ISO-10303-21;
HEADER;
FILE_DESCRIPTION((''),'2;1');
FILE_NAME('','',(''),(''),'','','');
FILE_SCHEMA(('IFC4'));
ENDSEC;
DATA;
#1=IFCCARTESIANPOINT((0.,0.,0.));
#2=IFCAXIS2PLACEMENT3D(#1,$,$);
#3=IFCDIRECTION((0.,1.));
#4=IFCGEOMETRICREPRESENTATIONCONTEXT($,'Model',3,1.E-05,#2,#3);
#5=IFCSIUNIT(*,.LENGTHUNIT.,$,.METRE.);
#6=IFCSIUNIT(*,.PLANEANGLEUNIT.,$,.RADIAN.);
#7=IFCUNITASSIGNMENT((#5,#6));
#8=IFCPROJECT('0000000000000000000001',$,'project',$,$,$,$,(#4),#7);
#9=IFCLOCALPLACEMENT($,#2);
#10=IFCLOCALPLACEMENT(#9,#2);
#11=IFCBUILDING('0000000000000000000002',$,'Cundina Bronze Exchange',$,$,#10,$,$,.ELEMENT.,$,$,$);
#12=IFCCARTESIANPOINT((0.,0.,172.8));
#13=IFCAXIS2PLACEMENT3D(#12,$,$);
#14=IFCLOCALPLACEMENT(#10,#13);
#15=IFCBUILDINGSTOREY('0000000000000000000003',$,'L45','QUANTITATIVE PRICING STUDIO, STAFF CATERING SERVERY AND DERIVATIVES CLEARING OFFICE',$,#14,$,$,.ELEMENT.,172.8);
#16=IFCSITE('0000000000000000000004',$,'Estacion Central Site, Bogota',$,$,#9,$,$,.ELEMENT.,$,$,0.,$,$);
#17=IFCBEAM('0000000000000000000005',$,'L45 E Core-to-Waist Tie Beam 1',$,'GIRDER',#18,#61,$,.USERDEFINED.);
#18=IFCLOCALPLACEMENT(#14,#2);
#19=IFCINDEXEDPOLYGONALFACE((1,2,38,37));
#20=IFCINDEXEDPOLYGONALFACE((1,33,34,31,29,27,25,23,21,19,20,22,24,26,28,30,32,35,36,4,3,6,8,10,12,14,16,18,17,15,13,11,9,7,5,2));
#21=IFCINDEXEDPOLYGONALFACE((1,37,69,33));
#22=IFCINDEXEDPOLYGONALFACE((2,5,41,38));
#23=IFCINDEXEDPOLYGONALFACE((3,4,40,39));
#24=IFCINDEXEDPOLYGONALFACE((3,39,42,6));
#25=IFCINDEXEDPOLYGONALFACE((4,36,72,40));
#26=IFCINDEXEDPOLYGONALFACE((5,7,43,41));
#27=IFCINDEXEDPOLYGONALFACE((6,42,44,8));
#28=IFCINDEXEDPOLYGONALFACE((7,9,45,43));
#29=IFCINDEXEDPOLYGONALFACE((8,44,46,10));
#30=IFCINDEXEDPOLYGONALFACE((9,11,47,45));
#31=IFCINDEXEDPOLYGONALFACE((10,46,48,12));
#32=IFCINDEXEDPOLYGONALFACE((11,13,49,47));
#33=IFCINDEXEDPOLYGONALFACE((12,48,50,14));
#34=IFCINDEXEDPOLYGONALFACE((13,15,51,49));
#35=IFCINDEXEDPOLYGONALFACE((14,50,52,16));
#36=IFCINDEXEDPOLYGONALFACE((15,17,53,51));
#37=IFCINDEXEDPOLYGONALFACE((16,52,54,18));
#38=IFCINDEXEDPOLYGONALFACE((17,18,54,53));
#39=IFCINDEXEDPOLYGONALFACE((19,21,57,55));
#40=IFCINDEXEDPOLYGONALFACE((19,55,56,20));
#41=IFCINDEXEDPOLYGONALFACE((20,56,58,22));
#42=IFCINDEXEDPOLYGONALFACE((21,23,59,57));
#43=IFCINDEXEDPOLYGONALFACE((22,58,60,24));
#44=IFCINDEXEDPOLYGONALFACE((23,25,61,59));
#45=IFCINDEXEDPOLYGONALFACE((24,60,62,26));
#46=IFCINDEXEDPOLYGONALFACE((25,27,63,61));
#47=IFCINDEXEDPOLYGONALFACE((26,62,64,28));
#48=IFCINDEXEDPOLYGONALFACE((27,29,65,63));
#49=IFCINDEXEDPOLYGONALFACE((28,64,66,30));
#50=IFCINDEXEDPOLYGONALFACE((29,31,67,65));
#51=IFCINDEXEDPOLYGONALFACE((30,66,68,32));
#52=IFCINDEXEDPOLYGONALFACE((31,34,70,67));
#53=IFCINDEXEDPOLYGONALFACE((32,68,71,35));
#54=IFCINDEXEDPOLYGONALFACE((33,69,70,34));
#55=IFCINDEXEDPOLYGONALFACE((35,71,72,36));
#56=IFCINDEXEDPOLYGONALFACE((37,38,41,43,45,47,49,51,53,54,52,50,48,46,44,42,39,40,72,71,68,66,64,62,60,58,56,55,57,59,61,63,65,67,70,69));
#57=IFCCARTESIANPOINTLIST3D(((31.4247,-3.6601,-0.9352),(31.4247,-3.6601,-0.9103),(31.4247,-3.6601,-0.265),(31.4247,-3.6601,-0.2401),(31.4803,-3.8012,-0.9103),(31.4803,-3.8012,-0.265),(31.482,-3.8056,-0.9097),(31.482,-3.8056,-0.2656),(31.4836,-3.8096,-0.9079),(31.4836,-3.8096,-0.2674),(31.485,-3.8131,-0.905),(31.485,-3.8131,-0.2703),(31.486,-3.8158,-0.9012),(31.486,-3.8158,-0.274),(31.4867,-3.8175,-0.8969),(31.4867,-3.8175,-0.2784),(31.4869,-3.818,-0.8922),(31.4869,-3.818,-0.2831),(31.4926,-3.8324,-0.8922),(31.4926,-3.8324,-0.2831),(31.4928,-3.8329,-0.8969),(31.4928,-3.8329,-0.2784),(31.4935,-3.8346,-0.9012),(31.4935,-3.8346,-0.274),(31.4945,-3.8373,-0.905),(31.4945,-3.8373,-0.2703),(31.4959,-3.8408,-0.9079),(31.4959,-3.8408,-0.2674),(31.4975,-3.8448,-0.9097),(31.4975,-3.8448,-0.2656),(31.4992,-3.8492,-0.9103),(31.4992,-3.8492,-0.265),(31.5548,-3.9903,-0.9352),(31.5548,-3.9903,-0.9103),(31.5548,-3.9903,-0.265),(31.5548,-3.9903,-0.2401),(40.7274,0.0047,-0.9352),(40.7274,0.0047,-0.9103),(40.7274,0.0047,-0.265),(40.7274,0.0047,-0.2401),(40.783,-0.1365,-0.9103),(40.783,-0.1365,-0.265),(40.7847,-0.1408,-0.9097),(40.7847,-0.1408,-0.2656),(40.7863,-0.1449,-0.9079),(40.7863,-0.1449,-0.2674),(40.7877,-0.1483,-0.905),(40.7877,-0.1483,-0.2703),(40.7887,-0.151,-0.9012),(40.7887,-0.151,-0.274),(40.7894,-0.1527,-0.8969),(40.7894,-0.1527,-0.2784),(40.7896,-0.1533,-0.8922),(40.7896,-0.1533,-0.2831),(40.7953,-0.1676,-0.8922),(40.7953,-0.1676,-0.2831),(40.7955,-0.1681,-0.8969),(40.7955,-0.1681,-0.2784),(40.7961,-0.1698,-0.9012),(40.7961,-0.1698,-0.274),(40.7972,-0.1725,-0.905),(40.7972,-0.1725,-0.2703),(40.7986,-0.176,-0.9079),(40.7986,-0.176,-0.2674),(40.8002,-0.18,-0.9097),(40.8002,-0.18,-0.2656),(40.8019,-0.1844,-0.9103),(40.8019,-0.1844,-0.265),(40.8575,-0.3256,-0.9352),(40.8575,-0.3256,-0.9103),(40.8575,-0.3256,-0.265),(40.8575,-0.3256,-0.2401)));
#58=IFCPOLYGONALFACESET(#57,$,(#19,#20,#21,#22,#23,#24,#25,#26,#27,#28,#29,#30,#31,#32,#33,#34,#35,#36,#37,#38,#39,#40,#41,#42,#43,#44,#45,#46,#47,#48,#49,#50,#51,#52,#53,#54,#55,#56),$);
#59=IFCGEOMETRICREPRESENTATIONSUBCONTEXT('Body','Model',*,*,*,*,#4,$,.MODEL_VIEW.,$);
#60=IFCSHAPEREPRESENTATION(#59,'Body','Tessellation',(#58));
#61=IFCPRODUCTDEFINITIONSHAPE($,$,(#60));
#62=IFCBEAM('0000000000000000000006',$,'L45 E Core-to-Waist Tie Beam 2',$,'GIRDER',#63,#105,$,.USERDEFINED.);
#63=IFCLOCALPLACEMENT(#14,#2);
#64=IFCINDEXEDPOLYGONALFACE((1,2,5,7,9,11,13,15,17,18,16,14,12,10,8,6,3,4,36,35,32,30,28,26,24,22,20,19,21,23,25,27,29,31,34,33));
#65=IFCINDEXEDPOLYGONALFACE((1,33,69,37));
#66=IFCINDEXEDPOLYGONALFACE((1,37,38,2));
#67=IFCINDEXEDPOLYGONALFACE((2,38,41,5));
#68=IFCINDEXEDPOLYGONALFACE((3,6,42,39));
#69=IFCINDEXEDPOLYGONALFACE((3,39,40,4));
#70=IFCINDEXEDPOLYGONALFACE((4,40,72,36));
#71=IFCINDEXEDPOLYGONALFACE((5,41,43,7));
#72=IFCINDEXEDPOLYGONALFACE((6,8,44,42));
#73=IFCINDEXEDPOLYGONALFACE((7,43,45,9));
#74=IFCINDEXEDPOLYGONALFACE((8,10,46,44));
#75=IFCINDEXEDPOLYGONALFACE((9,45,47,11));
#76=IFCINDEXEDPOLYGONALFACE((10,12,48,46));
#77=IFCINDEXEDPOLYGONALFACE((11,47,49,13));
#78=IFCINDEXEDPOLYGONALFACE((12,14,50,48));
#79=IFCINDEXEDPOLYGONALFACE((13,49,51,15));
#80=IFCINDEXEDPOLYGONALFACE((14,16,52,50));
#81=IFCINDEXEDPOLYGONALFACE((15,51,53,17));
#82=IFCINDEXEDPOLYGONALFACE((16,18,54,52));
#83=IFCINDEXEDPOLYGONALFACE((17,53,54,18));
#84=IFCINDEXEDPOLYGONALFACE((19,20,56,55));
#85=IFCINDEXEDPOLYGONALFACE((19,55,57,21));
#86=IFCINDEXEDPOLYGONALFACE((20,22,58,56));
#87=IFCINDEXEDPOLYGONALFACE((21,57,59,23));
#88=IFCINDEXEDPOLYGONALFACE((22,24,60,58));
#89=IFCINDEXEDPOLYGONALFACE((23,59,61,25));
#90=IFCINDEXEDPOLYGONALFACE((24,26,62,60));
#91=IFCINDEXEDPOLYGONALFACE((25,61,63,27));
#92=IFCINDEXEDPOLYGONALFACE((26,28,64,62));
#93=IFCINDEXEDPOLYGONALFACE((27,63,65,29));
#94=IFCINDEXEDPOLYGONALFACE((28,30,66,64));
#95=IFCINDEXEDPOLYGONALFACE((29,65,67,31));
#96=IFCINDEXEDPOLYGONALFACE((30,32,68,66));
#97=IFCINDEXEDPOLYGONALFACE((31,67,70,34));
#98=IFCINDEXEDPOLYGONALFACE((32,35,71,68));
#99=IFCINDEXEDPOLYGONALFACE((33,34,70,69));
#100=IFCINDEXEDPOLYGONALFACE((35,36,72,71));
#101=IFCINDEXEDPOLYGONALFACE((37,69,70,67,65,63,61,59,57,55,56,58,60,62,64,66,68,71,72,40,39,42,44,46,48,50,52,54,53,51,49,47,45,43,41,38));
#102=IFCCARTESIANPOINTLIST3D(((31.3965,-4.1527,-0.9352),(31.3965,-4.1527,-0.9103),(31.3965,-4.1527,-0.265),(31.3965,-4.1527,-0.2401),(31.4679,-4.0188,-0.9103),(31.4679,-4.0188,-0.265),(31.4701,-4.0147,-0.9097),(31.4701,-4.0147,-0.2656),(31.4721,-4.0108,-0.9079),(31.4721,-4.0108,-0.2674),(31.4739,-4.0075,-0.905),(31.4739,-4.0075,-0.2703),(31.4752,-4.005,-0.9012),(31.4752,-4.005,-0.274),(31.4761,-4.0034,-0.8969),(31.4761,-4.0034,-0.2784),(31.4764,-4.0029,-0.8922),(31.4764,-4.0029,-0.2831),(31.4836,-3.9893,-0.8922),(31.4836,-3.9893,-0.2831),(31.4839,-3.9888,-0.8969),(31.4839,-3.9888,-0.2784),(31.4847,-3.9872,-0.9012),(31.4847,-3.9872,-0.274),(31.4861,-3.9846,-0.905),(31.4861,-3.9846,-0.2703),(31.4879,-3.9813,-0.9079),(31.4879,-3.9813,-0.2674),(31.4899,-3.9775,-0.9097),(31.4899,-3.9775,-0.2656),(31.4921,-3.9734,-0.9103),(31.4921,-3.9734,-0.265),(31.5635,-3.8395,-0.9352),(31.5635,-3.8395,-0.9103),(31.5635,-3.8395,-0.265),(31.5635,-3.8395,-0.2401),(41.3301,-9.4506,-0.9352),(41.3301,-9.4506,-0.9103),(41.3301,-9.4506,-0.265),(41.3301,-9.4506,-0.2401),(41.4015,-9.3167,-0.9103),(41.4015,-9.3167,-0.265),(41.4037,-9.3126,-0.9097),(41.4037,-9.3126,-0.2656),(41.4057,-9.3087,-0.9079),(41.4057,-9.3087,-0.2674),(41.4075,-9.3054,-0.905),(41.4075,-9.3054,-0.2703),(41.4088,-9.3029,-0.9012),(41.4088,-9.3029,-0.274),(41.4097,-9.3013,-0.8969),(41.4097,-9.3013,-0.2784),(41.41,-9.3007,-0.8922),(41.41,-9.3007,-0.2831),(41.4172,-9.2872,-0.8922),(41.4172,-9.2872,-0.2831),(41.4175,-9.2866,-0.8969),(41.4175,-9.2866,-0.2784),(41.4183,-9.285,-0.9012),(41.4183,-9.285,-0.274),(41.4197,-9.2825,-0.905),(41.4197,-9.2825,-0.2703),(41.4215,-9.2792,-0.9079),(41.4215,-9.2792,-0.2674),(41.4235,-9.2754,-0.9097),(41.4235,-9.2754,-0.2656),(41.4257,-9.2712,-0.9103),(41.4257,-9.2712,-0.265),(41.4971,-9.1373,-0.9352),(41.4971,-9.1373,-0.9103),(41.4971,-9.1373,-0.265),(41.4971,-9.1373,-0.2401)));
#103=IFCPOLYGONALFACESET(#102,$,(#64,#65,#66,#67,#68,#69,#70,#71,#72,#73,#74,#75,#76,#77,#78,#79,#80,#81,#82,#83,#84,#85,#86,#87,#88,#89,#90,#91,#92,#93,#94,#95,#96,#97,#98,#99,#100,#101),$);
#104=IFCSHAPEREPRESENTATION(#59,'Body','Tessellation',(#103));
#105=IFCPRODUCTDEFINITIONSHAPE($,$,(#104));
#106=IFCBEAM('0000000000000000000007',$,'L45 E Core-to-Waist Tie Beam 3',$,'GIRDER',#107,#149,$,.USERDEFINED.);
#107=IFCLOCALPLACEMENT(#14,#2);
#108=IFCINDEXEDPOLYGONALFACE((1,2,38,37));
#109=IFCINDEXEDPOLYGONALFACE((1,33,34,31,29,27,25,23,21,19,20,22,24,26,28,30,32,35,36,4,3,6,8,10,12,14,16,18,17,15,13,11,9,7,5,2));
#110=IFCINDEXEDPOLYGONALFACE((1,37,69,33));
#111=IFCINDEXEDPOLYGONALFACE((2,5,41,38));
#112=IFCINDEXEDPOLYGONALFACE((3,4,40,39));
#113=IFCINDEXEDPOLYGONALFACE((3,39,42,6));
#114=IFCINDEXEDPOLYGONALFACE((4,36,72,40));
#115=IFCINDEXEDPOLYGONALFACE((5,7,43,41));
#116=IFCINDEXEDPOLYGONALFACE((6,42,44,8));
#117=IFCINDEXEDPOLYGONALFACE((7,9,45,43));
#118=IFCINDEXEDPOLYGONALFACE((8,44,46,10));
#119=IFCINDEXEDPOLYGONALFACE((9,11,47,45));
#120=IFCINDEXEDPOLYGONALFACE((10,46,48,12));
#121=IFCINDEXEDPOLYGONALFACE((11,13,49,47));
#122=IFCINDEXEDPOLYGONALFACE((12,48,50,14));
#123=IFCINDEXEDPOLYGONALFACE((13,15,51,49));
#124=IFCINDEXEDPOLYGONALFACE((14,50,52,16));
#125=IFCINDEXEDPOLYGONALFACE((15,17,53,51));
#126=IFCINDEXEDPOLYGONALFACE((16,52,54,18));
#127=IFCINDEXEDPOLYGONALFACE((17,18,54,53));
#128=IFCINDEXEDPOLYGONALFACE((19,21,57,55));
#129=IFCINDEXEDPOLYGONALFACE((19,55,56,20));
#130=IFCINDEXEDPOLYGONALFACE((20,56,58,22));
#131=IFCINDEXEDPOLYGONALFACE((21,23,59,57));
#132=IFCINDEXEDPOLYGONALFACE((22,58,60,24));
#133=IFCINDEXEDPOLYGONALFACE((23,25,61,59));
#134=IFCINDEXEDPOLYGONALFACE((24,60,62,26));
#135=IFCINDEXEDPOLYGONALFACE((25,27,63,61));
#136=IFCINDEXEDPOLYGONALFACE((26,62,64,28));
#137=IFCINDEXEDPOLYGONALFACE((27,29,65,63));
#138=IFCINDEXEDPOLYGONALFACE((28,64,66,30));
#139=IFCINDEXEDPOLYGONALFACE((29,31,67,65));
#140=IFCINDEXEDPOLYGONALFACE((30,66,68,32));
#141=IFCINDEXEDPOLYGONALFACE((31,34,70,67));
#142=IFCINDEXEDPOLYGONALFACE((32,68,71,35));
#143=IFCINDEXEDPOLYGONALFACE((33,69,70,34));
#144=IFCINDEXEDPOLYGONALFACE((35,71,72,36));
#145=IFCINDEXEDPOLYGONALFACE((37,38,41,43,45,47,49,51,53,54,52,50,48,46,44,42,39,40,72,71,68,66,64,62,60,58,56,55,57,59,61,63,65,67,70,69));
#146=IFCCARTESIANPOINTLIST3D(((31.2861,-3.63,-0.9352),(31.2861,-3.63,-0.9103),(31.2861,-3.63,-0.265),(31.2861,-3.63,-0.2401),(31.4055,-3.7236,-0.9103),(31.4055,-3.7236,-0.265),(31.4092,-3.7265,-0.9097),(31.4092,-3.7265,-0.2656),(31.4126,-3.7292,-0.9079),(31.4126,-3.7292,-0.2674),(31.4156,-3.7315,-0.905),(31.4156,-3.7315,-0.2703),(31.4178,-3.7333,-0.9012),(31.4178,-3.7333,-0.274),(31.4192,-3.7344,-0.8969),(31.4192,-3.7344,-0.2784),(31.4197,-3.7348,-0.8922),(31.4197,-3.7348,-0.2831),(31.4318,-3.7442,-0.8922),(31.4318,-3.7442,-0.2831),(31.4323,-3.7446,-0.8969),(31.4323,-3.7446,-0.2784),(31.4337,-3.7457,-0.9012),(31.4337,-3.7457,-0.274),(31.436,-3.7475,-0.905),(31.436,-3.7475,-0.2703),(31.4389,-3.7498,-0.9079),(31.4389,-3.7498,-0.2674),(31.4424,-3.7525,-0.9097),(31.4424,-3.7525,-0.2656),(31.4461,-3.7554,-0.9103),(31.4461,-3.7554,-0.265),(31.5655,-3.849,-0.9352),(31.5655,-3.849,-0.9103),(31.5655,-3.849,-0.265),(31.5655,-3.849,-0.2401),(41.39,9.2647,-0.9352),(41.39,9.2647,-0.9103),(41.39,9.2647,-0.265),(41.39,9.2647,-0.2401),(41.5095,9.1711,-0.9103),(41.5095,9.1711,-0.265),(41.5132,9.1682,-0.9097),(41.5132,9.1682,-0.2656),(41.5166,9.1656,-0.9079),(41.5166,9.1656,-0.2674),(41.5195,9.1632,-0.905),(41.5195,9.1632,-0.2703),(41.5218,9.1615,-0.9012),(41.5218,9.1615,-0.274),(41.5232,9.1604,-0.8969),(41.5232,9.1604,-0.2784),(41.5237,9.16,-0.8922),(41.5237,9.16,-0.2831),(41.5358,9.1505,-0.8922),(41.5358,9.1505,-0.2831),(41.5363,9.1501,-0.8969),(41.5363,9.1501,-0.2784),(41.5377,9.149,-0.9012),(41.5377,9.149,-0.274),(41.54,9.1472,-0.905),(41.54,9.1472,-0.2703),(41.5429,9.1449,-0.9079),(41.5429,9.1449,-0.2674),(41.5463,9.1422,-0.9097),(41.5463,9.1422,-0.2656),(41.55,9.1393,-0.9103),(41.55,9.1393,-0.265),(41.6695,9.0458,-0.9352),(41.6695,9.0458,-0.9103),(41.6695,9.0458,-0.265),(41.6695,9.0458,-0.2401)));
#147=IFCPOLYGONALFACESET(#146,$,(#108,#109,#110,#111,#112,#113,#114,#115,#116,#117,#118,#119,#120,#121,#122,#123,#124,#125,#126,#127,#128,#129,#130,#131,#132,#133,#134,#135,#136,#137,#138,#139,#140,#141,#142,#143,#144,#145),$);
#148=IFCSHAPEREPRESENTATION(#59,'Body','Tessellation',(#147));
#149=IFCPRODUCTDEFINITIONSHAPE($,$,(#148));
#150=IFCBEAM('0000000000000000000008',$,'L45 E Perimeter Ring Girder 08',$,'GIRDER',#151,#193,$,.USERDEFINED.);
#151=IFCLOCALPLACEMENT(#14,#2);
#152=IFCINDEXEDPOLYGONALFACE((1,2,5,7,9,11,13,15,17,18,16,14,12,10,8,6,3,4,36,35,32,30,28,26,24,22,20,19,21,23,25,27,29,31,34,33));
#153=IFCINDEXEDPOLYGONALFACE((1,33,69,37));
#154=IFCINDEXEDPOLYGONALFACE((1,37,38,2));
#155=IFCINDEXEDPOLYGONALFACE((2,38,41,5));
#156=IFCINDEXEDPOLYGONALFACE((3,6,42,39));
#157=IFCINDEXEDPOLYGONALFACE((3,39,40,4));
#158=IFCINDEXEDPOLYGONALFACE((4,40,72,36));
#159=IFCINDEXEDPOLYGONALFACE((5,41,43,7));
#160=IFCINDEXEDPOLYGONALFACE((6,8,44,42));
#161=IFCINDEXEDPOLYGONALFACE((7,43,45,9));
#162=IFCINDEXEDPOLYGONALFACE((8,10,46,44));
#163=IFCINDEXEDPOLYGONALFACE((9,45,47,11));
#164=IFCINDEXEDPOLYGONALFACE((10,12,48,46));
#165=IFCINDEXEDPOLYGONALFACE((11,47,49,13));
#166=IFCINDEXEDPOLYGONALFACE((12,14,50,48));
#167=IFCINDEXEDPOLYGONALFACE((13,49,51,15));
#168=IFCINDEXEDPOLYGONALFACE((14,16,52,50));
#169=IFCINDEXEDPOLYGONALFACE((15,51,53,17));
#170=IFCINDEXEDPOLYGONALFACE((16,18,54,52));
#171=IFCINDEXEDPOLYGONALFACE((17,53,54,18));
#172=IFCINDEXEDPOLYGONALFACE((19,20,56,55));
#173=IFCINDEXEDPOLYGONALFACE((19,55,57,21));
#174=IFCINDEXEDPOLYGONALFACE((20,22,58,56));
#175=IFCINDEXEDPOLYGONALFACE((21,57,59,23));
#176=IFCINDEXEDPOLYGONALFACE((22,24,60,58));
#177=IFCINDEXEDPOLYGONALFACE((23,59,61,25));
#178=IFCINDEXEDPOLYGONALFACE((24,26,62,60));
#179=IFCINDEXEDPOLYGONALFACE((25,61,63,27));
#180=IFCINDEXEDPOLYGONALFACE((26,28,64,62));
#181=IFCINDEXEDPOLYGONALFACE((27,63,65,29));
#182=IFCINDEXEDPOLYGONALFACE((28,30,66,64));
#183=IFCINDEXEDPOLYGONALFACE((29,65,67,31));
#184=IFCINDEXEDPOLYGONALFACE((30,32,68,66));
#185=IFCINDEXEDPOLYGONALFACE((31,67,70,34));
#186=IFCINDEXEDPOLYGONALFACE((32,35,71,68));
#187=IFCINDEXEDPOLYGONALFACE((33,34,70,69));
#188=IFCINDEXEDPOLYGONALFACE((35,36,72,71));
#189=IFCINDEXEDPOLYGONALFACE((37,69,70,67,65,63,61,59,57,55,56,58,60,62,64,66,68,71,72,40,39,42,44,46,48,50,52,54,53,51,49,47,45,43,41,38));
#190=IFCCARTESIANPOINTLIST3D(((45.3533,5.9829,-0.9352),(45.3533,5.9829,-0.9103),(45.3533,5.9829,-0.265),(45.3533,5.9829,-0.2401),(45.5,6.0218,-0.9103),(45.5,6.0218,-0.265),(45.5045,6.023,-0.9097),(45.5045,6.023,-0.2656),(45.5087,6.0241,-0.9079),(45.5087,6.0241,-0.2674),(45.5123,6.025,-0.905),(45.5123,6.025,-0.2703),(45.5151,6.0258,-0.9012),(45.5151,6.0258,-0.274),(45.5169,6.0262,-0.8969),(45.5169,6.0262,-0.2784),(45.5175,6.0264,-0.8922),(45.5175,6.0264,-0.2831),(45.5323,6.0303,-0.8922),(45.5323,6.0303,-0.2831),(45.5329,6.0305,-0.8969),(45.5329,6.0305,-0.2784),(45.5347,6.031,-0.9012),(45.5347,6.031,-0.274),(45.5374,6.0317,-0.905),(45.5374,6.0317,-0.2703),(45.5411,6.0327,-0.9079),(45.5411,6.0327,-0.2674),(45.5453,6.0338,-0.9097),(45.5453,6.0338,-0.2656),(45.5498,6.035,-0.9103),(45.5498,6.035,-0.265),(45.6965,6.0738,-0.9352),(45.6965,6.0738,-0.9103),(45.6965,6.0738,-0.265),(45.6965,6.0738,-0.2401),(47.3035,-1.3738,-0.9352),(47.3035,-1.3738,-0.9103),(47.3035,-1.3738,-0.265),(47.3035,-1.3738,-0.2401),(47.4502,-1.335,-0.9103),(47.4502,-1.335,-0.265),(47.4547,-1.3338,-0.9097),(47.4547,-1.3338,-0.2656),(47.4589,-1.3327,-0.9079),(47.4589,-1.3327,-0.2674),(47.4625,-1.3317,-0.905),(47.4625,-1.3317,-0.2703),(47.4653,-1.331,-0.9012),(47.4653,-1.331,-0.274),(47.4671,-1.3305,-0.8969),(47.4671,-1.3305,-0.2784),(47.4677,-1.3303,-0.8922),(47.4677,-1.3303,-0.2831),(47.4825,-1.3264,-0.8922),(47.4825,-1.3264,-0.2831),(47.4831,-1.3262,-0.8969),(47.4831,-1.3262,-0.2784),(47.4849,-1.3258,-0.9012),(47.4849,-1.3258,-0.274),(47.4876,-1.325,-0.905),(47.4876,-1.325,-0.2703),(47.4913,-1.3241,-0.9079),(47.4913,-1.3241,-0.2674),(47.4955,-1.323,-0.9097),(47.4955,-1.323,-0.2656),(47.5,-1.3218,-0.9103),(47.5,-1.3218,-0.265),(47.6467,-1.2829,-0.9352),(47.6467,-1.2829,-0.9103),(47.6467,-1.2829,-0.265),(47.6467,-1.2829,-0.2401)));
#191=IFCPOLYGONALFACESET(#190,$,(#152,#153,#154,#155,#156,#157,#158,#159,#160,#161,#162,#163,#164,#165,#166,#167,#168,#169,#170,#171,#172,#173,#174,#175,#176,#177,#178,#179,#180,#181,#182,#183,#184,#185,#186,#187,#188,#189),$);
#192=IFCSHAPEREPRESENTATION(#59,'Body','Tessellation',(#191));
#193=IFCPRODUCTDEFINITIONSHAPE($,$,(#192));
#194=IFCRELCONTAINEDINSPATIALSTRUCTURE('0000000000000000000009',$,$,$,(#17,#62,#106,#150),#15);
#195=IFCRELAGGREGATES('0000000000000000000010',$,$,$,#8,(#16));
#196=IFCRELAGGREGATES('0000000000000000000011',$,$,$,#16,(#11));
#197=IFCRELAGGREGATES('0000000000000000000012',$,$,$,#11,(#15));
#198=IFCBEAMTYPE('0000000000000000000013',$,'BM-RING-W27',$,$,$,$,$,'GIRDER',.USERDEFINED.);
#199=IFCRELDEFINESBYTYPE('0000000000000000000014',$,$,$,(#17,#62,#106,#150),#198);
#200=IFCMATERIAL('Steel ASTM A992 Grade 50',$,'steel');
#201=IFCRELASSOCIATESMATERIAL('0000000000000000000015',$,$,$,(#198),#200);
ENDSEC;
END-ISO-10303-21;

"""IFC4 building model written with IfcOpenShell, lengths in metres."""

from ifc_helpers import new_model, si_unit, direction, frame, origin, origin_2d, place, context, subcontext, project, spatial, i_section, extrude, material, material_profile, profile_set, type_object, element, save


model = new_model("IFC4")

# Units and contexts
model_context = context("Model", 3, precision=1e-05, world=origin(), true_north=direction((0.0, 1.0)))
body_context = subcontext(model_context, "Body", "Model", "MODEL_VIEW")
ifc_project = project(units=[si_unit("LENGTHUNIT", "METRE"), si_unit("PLANEANGLEUNIT", "RADIAN")], contexts=[model_context])

# Site, building, storey
site_placement = place(None, origin())
site = spatial("IfcSite", under=ifc_project, at=site_placement, Name="Estacion Central Site, Bogota", CompositionType="ELEMENT", RefElevation=0.0)
building_placement = place(site_placement, origin())
building = spatial("IfcBuilding", under=site, at=building_placement, Name="Cundina Bronze Exchange", CompositionType="ELEMENT")
storey_placement = place(building_placement, frame((0.0, 0.0, 172.8)))
storey = spatial("IfcBuildingStorey", under=building, at=storey_placement, Name="L45", Description="QUANTITATIVE PRICING STUDIO, STAFF CATERING SERVERY AND DERIVATIVES CLEARING OFFICE", CompositionType="ELEMENT", Elevation=172.8)

# Shared definitions
ifc_material_1 = material(Name="Steel ASTM A992 Grade 50", Category="steel")

# Beams
ifc_material_profile_1 = material_profile(ifc_material_1, i_section(OverallWidth=0.355, OverallDepth=0.6951, WebThickness=0.0154, FlangeThickness=0.0249, FilletRadius=0.0181, at=origin_2d()), Name="W27X146", Category="steel")
ifc_profile_set_1 = profile_set([ifc_material_profile_1], Name="Steel ASTM A992 Grade 50")
beam_type_1 = type_object("IfcBeamType", Name="BM-RING-W27", ElementType="GIRDER", PredefinedType="USERDEFINED", material=ifc_profile_set_1)
beam_1_placement = place(storey_placement, frame((31.4897, -3.8252, -0.5876), z_axis=(0.930406, 0.366532, 0.0), x_axis=(-0.366532, 0.930406, 0.0)))
element("IfcBeam", 1, at=beam_1_placement, inside=storey, type_object=beam_type_1, Name="L45 E Core-to-Waist Tie Beam 1", ObjectType="GIRDER", PredefinedType="USERDEFINED", context=body_context, shape_type="SweptSolid", body=[
    extrude(i_section(OverallWidth=0.355, OverallDepth=0.6951, WebThickness=0.0154, FlangeThickness=0.0249, FilletRadius=0.0181, at=origin_2d()), origin(), (0.0, 0.0, 1.0), 9.9985),
])
beam_2_placement = place(storey_placement, frame((31.48, -3.9961, -0.5876), z_axis=(0.882355, -0.470584, 0.0), x_axis=(0.470584, 0.882355, 0.0)))
element("IfcBeam", 2, at=beam_2_placement, inside=storey, type_object=beam_type_1, Name="L45 E Core-to-Waist Tie Beam 2", ObjectType="GIRDER", PredefinedType="USERDEFINED", context=body_context, shape_type="SweptSolid", body=[
    extrude(i_section(OverallWidth=0.355, OverallDepth=0.6951, WebThickness=0.0154, FlangeThickness=0.0249, FilletRadius=0.0181, at=origin_2d()), origin(), (0.0, 0.0, 1.0), 11.2581),
])
beam_3_placement = place(storey_placement, frame((31.4258, -3.7395, -0.5876), z_axis=(0.616779, 0.787136, 0.0), x_axis=(-0.787136, 0.616779, 0.0)))
element("IfcBeam", 3, at=beam_3_placement, inside=storey, type_object=beam_type_1, Name="L45 E Core-to-Waist Tie Beam 3", ObjectType="GIRDER", PredefinedType="USERDEFINED", context=body_context, shape_type="SweptSolid", body=[
    extrude(i_section(OverallWidth=0.355, OverallDepth=0.6951, WebThickness=0.0154, FlangeThickness=0.0249, FilletRadius=0.0181, at=origin_2d()), origin(), (0.0, 0.0, 1.0), 16.3818),
])
for number, where, z_axis, x_axis, name in (
    (4, (47.4751, -1.3284, -0.5876), (-0.256241, 0.966613, 0.0), (-0.966613, -0.256241, 0.0), "L45 E Perimeter Ring Girder 08"),
):
    element("IfcBeam", number, at=place(storey_placement, frame(where, z_axis=z_axis, x_axis=x_axis)), inside=storey, type_object=beam_type_1, Name=name, ObjectType="GIRDER", PredefinedType="USERDEFINED", context=body_context, shape_type="SweptSolid", body=[
        extrude(i_section(OverallWidth=0.355, OverallDepth=0.6951, WebThickness=0.0154, FlangeThickness=0.0249, FilletRadius=0.0181, at=origin_2d()), origin(), (0.0, 0.0, 1.0), 7.6108),
    ])

save(model, "model.ifc")
